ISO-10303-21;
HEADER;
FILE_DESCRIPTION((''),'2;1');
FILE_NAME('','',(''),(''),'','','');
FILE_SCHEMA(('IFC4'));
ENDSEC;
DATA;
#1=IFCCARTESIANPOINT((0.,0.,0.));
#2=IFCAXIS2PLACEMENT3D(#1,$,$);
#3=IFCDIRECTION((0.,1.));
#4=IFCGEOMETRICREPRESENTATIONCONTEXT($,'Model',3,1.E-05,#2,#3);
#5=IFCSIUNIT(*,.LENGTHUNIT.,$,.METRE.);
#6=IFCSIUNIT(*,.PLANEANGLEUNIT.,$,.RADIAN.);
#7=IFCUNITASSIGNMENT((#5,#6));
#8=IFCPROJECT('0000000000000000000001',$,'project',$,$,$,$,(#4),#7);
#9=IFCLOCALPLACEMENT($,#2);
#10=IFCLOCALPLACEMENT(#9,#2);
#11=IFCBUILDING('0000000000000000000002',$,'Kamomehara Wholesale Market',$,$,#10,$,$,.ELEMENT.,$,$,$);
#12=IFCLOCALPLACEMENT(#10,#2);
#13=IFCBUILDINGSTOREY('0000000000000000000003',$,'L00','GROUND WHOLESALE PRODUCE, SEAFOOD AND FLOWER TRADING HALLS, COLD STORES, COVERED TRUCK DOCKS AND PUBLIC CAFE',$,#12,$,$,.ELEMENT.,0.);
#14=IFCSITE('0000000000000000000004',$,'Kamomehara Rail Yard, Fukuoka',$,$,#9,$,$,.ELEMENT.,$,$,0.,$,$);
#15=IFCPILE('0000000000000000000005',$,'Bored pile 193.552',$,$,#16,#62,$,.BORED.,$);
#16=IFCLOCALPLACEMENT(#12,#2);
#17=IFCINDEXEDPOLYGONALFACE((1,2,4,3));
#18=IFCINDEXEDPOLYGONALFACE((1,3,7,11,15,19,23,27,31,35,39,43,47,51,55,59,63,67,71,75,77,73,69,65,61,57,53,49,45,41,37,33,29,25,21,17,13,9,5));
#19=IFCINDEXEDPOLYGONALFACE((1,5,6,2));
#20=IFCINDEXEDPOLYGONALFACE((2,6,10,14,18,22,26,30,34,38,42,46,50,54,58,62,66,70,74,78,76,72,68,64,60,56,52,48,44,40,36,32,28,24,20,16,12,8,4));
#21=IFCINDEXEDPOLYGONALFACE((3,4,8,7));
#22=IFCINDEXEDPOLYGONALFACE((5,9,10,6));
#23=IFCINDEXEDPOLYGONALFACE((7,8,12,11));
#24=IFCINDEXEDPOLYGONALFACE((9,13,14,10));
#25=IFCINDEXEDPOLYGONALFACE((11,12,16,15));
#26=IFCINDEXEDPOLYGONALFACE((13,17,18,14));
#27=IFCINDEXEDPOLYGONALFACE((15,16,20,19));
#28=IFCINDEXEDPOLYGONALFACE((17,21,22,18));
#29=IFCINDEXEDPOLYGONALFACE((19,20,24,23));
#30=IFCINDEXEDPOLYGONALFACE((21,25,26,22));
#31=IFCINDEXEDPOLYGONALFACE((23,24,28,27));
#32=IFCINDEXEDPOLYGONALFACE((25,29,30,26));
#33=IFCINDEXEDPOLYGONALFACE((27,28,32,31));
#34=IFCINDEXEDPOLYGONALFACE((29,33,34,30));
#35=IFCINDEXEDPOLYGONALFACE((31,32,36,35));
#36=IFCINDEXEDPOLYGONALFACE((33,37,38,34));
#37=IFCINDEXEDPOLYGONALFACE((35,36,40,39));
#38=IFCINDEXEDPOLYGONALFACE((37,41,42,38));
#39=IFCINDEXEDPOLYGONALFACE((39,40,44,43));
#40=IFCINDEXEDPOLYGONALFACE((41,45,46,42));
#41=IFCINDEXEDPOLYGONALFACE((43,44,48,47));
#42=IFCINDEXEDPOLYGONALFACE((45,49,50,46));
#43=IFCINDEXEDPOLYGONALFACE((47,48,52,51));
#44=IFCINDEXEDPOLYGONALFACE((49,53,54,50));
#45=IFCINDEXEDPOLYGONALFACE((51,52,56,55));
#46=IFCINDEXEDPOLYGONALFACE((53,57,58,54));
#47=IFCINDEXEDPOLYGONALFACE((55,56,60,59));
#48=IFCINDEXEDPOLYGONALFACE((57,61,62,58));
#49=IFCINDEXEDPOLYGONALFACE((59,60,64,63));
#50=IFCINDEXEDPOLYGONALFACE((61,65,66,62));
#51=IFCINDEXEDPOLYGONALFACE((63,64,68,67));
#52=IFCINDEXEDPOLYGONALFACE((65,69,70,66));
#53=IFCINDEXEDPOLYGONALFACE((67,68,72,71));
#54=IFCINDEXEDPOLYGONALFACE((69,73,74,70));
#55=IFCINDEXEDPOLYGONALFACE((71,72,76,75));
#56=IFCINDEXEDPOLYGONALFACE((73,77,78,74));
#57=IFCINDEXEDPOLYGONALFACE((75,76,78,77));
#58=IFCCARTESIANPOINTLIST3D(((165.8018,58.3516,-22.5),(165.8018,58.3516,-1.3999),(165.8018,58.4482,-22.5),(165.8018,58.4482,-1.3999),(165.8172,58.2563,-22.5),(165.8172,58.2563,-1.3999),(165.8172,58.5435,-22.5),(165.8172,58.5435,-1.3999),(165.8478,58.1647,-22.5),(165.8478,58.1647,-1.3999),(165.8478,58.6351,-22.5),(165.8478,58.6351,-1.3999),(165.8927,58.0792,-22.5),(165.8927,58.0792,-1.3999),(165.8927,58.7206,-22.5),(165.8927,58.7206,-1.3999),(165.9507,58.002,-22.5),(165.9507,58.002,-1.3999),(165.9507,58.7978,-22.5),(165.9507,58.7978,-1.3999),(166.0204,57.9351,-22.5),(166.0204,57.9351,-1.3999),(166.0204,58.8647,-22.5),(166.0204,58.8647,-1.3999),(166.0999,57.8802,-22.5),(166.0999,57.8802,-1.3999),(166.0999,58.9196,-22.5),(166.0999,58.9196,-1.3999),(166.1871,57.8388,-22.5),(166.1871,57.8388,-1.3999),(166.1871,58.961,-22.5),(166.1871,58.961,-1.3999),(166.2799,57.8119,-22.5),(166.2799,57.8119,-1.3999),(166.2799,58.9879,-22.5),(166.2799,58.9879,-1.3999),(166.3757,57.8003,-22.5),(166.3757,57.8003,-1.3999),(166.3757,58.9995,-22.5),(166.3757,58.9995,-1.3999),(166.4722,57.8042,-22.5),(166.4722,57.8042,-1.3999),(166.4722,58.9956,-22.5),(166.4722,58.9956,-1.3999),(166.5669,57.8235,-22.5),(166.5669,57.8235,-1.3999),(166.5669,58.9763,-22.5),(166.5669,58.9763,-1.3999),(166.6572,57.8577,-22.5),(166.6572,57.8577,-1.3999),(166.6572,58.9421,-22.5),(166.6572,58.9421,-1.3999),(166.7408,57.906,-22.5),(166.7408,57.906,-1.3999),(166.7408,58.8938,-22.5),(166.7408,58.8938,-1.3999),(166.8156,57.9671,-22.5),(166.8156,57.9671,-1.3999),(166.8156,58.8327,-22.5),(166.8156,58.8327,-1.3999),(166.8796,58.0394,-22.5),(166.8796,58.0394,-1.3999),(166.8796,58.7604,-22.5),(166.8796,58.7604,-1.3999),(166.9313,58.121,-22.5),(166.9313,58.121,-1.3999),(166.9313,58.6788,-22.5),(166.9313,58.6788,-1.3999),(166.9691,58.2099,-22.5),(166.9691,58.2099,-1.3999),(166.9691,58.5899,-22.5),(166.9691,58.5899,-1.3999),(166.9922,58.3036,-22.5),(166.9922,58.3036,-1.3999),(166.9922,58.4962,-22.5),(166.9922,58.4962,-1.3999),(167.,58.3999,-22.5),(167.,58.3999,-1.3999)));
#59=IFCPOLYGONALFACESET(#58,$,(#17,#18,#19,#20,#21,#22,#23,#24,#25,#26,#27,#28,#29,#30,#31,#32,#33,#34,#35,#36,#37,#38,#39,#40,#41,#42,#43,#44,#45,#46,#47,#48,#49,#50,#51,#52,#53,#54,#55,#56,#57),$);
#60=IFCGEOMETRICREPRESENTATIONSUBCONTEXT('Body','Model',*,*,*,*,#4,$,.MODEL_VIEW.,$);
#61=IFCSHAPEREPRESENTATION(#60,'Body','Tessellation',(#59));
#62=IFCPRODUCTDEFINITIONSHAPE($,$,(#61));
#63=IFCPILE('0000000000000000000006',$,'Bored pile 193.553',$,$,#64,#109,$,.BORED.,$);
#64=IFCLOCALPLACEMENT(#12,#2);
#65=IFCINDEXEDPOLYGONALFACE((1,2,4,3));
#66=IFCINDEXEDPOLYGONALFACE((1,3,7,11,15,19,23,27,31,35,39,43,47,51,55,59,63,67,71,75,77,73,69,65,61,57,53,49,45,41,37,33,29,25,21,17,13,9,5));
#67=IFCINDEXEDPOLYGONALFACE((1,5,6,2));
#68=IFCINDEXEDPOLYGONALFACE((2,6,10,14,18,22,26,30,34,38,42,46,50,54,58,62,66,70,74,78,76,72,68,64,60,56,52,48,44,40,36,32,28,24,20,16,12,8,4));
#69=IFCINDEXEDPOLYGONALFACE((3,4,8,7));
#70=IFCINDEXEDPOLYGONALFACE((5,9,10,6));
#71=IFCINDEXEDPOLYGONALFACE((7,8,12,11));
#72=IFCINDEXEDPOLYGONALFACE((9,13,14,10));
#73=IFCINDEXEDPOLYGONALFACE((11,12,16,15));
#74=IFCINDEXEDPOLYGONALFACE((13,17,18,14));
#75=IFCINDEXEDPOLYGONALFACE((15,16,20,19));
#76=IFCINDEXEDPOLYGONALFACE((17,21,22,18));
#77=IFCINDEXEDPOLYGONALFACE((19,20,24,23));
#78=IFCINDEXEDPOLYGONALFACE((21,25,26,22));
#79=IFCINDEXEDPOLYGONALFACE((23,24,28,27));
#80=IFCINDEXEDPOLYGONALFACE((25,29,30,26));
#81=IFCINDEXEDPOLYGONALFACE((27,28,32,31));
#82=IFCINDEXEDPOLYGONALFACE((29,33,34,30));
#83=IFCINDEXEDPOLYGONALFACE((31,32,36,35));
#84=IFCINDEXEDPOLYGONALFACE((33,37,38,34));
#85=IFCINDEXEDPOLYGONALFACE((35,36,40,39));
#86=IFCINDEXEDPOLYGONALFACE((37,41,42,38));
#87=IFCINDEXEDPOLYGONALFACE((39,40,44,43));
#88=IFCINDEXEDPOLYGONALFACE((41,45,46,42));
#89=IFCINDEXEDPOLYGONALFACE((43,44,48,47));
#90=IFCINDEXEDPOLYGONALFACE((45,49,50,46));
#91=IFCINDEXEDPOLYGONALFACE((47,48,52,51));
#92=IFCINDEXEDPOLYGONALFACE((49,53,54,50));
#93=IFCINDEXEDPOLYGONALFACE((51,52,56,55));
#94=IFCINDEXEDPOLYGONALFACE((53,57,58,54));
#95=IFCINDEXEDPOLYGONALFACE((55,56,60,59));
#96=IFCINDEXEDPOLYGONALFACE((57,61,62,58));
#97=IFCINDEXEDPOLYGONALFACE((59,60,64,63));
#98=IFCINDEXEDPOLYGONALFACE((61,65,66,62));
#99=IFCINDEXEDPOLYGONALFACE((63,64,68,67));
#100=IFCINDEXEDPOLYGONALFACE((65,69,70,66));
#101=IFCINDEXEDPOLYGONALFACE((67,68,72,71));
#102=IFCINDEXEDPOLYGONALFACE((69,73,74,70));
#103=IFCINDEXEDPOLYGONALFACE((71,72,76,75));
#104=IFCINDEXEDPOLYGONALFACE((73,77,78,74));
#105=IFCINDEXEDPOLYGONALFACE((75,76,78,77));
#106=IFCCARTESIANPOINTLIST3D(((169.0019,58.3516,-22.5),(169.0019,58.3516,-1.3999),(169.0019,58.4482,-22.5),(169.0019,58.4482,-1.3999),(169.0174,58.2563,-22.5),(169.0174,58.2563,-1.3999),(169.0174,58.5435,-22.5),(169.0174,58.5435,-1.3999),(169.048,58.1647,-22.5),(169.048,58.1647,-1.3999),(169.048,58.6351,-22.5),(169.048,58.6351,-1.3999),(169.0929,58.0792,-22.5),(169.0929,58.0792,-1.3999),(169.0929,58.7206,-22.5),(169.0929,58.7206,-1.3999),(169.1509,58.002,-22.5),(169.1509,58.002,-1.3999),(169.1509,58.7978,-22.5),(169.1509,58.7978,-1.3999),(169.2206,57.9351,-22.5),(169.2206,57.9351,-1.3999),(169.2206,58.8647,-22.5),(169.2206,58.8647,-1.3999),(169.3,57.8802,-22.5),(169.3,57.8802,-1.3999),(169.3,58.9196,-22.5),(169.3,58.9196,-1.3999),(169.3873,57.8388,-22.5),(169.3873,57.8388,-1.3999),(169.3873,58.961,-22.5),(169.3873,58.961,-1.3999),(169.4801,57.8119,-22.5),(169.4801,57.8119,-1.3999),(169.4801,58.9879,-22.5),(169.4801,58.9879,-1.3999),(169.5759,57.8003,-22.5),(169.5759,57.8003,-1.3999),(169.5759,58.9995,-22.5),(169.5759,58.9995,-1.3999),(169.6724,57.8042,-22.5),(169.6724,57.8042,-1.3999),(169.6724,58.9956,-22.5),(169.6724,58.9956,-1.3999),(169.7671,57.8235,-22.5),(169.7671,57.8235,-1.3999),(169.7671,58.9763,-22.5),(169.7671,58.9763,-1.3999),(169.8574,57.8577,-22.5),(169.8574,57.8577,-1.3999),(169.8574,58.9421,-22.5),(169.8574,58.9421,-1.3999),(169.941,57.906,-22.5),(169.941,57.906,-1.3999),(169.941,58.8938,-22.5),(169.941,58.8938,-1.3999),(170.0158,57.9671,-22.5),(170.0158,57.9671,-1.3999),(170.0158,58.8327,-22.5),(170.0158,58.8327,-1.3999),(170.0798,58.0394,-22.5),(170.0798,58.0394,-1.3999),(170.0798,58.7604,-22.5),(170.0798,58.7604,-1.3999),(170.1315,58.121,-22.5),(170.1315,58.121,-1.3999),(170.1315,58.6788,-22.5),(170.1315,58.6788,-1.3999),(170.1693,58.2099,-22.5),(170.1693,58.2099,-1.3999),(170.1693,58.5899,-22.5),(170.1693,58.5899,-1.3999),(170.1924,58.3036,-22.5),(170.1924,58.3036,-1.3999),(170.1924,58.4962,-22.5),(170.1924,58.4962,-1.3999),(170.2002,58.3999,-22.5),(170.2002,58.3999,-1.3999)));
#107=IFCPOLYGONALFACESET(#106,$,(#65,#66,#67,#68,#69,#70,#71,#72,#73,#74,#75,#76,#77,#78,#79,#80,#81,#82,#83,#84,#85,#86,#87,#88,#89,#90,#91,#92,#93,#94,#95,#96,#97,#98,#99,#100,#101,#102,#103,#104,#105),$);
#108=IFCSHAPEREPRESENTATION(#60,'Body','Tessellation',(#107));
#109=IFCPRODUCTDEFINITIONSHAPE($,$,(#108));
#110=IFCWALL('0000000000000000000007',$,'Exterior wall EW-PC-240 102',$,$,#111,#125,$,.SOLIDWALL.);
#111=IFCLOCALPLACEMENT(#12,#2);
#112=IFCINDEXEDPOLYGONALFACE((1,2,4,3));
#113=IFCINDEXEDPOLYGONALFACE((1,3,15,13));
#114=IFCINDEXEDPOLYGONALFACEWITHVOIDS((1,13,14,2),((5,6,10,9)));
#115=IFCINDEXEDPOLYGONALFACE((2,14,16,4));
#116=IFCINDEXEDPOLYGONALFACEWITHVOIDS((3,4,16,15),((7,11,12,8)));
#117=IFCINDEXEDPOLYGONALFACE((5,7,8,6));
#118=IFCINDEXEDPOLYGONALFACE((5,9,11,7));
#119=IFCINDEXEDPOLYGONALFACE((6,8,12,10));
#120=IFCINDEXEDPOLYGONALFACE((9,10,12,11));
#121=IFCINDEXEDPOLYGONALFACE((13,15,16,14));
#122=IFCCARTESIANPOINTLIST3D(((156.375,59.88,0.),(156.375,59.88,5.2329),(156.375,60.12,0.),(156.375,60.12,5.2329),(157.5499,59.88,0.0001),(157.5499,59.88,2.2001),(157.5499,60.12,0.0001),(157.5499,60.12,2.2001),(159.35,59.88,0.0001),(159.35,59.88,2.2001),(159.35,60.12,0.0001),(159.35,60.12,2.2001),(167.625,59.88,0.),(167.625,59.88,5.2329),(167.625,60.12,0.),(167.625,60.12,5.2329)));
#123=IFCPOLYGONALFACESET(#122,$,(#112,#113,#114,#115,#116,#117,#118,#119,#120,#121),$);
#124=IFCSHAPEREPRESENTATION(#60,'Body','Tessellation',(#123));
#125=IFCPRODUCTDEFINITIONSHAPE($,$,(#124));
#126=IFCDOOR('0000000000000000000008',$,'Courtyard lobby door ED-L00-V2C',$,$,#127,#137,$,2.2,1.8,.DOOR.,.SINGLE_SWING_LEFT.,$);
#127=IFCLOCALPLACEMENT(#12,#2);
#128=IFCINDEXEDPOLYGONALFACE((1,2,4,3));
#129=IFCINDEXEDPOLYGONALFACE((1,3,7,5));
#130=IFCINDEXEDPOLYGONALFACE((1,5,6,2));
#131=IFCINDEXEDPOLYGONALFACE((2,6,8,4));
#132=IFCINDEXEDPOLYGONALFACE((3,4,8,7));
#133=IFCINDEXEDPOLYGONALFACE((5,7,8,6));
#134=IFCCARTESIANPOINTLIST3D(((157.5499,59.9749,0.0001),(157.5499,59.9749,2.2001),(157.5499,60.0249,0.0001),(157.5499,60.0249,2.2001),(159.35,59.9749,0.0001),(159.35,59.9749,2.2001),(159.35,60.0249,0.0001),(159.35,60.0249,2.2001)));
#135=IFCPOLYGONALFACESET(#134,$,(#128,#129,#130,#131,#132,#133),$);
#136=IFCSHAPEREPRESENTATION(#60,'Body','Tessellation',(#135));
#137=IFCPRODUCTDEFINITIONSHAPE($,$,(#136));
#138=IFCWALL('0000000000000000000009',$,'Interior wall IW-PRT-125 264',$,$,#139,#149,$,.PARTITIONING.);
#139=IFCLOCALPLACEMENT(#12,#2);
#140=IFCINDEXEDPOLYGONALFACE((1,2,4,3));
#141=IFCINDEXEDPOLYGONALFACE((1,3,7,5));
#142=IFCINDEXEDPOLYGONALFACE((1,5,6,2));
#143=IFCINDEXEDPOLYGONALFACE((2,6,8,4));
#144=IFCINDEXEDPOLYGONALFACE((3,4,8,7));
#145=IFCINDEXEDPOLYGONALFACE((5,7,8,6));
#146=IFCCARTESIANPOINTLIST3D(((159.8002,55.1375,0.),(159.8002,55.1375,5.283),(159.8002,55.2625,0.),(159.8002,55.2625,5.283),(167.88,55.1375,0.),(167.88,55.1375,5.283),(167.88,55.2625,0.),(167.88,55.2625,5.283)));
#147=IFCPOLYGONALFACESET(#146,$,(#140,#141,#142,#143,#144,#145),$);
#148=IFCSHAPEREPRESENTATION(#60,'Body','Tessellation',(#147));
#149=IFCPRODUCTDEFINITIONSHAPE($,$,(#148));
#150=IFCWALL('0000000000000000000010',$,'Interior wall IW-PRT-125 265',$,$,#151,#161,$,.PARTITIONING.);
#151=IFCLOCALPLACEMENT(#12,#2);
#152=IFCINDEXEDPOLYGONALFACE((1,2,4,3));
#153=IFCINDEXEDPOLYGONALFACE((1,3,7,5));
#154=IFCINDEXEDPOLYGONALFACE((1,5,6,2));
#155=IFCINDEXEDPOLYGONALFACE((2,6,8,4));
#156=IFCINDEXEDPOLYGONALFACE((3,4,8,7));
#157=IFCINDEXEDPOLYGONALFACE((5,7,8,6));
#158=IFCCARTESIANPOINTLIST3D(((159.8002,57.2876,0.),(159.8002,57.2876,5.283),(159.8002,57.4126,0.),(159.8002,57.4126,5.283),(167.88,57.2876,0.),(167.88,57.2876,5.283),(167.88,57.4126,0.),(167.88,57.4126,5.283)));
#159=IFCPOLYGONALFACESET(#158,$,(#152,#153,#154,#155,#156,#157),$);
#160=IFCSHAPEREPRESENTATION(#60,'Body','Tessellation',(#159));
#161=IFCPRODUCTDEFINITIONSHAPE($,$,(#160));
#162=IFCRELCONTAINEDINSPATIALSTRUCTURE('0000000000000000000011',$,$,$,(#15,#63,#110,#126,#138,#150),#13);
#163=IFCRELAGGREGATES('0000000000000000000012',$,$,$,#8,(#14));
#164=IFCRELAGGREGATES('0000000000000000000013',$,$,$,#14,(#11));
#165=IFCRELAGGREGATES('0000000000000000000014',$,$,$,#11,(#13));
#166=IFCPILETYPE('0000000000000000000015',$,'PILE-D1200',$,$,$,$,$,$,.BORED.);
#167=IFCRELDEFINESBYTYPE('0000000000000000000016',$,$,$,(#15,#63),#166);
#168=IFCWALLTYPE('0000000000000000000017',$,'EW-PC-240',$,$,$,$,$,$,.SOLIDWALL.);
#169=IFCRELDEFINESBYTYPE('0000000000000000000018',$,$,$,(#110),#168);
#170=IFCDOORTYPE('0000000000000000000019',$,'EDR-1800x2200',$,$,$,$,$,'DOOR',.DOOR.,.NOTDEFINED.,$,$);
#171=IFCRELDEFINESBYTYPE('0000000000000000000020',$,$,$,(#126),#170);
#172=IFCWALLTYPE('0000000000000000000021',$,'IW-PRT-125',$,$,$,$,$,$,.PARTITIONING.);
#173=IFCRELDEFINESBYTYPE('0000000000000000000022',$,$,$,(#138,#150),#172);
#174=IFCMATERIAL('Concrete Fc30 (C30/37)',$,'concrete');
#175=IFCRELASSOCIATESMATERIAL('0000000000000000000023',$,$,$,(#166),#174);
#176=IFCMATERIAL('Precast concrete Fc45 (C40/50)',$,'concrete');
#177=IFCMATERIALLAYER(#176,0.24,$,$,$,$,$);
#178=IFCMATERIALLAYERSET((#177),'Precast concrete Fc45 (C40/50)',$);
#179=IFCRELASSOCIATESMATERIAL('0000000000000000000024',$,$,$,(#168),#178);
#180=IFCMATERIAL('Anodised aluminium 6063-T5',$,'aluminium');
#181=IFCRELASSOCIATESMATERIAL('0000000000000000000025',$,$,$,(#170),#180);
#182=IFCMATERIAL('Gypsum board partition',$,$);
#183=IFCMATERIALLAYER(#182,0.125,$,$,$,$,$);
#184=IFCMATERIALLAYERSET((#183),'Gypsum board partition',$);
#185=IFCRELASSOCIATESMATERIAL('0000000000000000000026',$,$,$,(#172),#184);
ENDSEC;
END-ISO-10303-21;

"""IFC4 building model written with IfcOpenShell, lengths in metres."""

from ifc_helpers import new_model, si_unit, direction, frame, frame_2d, origin, origin_2d, place, context, subcontext, project, spatial, rectangle, circle, extrude, material, layer, layer_set, material_profile, profile_set, type_object, element, fill, save


model = new_model("IFC4")

# Units and contexts
model_context = context("Model", 3, precision=1e-05, world=origin(), true_north=direction((0.0, 1.0)))
body_context = subcontext(model_context, "Body", "Model", "MODEL_VIEW")
ifc_project = project(units=[si_unit("LENGTHUNIT", "METRE"), si_unit("PLANEANGLEUNIT", "RADIAN")], contexts=[model_context])

# Site, building, storey
site_placement = place(None, origin())
site = spatial("IfcSite", under=ifc_project, at=site_placement, Name="Kamomehara Rail Yard, Fukuoka", CompositionType="ELEMENT", RefElevation=0.0)
building_placement = place(site_placement, origin())
building = spatial("IfcBuilding", under=site, at=building_placement, Name="Kamomehara Wholesale Market", CompositionType="ELEMENT")
storey_placement = place(building_placement, origin())
storey = spatial("IfcBuildingStorey", under=building, at=storey_placement, Name="L00", Description="GROUND WHOLESALE PRODUCE, SEAFOOD AND FLOWER TRADING HALLS, COLD STORES, COVERED TRUCK DOCKS AND PUBLIC CAFE", CompositionType="ELEMENT", Elevation=0.0)

# Piles
ifc_material_1 = material(Name="Concrete Fc30 (C30/37)", Category="concrete")
ifc_material_profile_1 = material_profile(ifc_material_1, circle(Radius=0.6001, at=origin_2d()), Name="RC-PILE-D1200")
ifc_profile_set_1 = profile_set([ifc_material_profile_1], Name="Concrete Fc30 (C30/37)")
pile_type_1 = type_object("IfcPileType", Name="PILE-D1200", PredefinedType="BORED", material=ifc_profile_set_1)
for number, where, z_axis, x_axis, name in (
    (1, (166.3999, 58.3999, -1.3999), (0.0, 0.0, -1.0), (1.0, 0.0, 0.0), "Bored pile 193.552"),
    (2, (169.6001, 58.3999, -1.3999), (0.0, 0.0, -1.0), (1.0, 0.0, 0.0), "Bored pile 193.553"),
):
    element("IfcPile", number, at=place(storey_placement, frame(where, z_axis=z_axis, x_axis=x_axis)), inside=storey, type_object=pile_type_1, Name=name, PredefinedType="BORED", context=body_context, shape_type="SweptSolid", body=[
        extrude(circle(Radius=0.6001, at=origin_2d()), origin(), (0.0, 0.0, 1.0), 21.1001),
    ])

# Wall, opening, door
ifc_material_2 = material(Name="Precast concrete Fc45 (C40/50)", Category="concrete")
ifc_layer_1 = layer(ifc_material_2, 0.24)
ifc_layer_set_1 = layer_set([ifc_layer_1], Name="Precast concrete Fc45 (C40/50)")
wall_type_1 = type_object("IfcWallType", Name="EW-PC-240", PredefinedType="SOLIDWALL", material=ifc_layer_set_1)
wall_1_placement = place(storey_placement, frame((156.375, 60.0, 0.0), z_axis=(0.0, 0.0, 1.0), x_axis=(1.0, 0.0, 0.0)))
wall_1 = element("IfcWall", 3, at=wall_1_placement, inside=storey, type_object=wall_type_1, Name="Exterior wall EW-PC-240 102", PredefinedType="SOLIDWALL", context=body_context, shape_type="SweptSolid", body=[
    extrude(rectangle(XDim=11.25, YDim=0.24, at=frame_2d((5.625, 0.0))), origin(), (0.0, 0.0, 1.0), 5.2329),
])
opening_1_placement = place(wall_1_placement, frame((1.175, 0.0, 0.0)))
opening_1 = element("IfcOpeningElement", 4, at=opening_1_placement, cuts=wall_1, PredefinedType="OPENING", context=body_context, shape_type="SweptSolid", body=[
    extrude(rectangle(XDim=1.8, YDim=2.2, at=frame_2d((0.8999, 1.1001))), frame((0.0, 0.1348, 0.0), z_axis=(0.0, -1.0, 0.0), x_axis=(1.0, 0.0, 0.0)), (0.0, 0.0, 1.0), 0.2698),
])
ifc_material_3 = material(Name="Anodised aluminium 6063-T5", Category="aluminium")
door_type_1 = type_object("IfcDoorType", Name="EDR-1800x2200", ElementType="DOOR", OperationType="NOTDEFINED", PredefinedType="DOOR", material=ifc_material_3)
door_1_placement = place(opening_1_placement, origin())
door_1 = element("IfcDoor", 5, at=door_1_placement, inside=storey, type_object=door_type_1, Name="Courtyard lobby door ED-L00-V2C", OperationType="SINGLE_SWING_LEFT", OverallHeight=2.2, OverallWidth=1.8, PredefinedType="DOOR", context=body_context, shape_type="SweptSolid", body=[
    extrude(rectangle(XDim=1.8, YDim=2.2, at=frame_2d((0.8999, 1.1001))), frame((0.0, 0.0249, 0.0), z_axis=(0.0, -1.0, 0.0), x_axis=(1.0, 0.0, 0.0)), (0.0, 0.0, 1.0), 0.05),
])
fill(opening_1, door_1)

# Walls
ifc_material_4 = material(Name="Gypsum board partition")
ifc_layer_2 = layer(ifc_material_4, 0.125)
ifc_layer_set_2 = layer_set([ifc_layer_2], Name="Gypsum board partition")
wall_type_2 = type_object("IfcWallType", Name="IW-PRT-125", PredefinedType="PARTITIONING", material=ifc_layer_set_2)
for number, where, z_axis, x_axis, name in (
    (6, (159.8, 55.2, 0.0), (0.0, 0.0, 1.0), (1.0, 0.0, 0.0), "Interior wall IW-PRT-125 264"),
    (7, (159.8, 57.3501, 0.0), (0.0, 0.0, 1.0), (1.0, 0.0, 0.0), "Interior wall IW-PRT-125 265"),
):
    element("IfcWall", number, at=place(storey_placement, frame(where, z_axis=z_axis, x_axis=x_axis)), inside=storey, type_object=wall_type_2, Name=name, PredefinedType="PARTITIONING", context=body_context, shape_type="SweptSolid", body=[
        extrude(rectangle(XDim=8.0798, YDim=0.125, at=frame_2d((4.04, 0.0))), origin(), (0.0, 0.0, 1.0), 5.283),
    ])

save(model, "model.ifc")
